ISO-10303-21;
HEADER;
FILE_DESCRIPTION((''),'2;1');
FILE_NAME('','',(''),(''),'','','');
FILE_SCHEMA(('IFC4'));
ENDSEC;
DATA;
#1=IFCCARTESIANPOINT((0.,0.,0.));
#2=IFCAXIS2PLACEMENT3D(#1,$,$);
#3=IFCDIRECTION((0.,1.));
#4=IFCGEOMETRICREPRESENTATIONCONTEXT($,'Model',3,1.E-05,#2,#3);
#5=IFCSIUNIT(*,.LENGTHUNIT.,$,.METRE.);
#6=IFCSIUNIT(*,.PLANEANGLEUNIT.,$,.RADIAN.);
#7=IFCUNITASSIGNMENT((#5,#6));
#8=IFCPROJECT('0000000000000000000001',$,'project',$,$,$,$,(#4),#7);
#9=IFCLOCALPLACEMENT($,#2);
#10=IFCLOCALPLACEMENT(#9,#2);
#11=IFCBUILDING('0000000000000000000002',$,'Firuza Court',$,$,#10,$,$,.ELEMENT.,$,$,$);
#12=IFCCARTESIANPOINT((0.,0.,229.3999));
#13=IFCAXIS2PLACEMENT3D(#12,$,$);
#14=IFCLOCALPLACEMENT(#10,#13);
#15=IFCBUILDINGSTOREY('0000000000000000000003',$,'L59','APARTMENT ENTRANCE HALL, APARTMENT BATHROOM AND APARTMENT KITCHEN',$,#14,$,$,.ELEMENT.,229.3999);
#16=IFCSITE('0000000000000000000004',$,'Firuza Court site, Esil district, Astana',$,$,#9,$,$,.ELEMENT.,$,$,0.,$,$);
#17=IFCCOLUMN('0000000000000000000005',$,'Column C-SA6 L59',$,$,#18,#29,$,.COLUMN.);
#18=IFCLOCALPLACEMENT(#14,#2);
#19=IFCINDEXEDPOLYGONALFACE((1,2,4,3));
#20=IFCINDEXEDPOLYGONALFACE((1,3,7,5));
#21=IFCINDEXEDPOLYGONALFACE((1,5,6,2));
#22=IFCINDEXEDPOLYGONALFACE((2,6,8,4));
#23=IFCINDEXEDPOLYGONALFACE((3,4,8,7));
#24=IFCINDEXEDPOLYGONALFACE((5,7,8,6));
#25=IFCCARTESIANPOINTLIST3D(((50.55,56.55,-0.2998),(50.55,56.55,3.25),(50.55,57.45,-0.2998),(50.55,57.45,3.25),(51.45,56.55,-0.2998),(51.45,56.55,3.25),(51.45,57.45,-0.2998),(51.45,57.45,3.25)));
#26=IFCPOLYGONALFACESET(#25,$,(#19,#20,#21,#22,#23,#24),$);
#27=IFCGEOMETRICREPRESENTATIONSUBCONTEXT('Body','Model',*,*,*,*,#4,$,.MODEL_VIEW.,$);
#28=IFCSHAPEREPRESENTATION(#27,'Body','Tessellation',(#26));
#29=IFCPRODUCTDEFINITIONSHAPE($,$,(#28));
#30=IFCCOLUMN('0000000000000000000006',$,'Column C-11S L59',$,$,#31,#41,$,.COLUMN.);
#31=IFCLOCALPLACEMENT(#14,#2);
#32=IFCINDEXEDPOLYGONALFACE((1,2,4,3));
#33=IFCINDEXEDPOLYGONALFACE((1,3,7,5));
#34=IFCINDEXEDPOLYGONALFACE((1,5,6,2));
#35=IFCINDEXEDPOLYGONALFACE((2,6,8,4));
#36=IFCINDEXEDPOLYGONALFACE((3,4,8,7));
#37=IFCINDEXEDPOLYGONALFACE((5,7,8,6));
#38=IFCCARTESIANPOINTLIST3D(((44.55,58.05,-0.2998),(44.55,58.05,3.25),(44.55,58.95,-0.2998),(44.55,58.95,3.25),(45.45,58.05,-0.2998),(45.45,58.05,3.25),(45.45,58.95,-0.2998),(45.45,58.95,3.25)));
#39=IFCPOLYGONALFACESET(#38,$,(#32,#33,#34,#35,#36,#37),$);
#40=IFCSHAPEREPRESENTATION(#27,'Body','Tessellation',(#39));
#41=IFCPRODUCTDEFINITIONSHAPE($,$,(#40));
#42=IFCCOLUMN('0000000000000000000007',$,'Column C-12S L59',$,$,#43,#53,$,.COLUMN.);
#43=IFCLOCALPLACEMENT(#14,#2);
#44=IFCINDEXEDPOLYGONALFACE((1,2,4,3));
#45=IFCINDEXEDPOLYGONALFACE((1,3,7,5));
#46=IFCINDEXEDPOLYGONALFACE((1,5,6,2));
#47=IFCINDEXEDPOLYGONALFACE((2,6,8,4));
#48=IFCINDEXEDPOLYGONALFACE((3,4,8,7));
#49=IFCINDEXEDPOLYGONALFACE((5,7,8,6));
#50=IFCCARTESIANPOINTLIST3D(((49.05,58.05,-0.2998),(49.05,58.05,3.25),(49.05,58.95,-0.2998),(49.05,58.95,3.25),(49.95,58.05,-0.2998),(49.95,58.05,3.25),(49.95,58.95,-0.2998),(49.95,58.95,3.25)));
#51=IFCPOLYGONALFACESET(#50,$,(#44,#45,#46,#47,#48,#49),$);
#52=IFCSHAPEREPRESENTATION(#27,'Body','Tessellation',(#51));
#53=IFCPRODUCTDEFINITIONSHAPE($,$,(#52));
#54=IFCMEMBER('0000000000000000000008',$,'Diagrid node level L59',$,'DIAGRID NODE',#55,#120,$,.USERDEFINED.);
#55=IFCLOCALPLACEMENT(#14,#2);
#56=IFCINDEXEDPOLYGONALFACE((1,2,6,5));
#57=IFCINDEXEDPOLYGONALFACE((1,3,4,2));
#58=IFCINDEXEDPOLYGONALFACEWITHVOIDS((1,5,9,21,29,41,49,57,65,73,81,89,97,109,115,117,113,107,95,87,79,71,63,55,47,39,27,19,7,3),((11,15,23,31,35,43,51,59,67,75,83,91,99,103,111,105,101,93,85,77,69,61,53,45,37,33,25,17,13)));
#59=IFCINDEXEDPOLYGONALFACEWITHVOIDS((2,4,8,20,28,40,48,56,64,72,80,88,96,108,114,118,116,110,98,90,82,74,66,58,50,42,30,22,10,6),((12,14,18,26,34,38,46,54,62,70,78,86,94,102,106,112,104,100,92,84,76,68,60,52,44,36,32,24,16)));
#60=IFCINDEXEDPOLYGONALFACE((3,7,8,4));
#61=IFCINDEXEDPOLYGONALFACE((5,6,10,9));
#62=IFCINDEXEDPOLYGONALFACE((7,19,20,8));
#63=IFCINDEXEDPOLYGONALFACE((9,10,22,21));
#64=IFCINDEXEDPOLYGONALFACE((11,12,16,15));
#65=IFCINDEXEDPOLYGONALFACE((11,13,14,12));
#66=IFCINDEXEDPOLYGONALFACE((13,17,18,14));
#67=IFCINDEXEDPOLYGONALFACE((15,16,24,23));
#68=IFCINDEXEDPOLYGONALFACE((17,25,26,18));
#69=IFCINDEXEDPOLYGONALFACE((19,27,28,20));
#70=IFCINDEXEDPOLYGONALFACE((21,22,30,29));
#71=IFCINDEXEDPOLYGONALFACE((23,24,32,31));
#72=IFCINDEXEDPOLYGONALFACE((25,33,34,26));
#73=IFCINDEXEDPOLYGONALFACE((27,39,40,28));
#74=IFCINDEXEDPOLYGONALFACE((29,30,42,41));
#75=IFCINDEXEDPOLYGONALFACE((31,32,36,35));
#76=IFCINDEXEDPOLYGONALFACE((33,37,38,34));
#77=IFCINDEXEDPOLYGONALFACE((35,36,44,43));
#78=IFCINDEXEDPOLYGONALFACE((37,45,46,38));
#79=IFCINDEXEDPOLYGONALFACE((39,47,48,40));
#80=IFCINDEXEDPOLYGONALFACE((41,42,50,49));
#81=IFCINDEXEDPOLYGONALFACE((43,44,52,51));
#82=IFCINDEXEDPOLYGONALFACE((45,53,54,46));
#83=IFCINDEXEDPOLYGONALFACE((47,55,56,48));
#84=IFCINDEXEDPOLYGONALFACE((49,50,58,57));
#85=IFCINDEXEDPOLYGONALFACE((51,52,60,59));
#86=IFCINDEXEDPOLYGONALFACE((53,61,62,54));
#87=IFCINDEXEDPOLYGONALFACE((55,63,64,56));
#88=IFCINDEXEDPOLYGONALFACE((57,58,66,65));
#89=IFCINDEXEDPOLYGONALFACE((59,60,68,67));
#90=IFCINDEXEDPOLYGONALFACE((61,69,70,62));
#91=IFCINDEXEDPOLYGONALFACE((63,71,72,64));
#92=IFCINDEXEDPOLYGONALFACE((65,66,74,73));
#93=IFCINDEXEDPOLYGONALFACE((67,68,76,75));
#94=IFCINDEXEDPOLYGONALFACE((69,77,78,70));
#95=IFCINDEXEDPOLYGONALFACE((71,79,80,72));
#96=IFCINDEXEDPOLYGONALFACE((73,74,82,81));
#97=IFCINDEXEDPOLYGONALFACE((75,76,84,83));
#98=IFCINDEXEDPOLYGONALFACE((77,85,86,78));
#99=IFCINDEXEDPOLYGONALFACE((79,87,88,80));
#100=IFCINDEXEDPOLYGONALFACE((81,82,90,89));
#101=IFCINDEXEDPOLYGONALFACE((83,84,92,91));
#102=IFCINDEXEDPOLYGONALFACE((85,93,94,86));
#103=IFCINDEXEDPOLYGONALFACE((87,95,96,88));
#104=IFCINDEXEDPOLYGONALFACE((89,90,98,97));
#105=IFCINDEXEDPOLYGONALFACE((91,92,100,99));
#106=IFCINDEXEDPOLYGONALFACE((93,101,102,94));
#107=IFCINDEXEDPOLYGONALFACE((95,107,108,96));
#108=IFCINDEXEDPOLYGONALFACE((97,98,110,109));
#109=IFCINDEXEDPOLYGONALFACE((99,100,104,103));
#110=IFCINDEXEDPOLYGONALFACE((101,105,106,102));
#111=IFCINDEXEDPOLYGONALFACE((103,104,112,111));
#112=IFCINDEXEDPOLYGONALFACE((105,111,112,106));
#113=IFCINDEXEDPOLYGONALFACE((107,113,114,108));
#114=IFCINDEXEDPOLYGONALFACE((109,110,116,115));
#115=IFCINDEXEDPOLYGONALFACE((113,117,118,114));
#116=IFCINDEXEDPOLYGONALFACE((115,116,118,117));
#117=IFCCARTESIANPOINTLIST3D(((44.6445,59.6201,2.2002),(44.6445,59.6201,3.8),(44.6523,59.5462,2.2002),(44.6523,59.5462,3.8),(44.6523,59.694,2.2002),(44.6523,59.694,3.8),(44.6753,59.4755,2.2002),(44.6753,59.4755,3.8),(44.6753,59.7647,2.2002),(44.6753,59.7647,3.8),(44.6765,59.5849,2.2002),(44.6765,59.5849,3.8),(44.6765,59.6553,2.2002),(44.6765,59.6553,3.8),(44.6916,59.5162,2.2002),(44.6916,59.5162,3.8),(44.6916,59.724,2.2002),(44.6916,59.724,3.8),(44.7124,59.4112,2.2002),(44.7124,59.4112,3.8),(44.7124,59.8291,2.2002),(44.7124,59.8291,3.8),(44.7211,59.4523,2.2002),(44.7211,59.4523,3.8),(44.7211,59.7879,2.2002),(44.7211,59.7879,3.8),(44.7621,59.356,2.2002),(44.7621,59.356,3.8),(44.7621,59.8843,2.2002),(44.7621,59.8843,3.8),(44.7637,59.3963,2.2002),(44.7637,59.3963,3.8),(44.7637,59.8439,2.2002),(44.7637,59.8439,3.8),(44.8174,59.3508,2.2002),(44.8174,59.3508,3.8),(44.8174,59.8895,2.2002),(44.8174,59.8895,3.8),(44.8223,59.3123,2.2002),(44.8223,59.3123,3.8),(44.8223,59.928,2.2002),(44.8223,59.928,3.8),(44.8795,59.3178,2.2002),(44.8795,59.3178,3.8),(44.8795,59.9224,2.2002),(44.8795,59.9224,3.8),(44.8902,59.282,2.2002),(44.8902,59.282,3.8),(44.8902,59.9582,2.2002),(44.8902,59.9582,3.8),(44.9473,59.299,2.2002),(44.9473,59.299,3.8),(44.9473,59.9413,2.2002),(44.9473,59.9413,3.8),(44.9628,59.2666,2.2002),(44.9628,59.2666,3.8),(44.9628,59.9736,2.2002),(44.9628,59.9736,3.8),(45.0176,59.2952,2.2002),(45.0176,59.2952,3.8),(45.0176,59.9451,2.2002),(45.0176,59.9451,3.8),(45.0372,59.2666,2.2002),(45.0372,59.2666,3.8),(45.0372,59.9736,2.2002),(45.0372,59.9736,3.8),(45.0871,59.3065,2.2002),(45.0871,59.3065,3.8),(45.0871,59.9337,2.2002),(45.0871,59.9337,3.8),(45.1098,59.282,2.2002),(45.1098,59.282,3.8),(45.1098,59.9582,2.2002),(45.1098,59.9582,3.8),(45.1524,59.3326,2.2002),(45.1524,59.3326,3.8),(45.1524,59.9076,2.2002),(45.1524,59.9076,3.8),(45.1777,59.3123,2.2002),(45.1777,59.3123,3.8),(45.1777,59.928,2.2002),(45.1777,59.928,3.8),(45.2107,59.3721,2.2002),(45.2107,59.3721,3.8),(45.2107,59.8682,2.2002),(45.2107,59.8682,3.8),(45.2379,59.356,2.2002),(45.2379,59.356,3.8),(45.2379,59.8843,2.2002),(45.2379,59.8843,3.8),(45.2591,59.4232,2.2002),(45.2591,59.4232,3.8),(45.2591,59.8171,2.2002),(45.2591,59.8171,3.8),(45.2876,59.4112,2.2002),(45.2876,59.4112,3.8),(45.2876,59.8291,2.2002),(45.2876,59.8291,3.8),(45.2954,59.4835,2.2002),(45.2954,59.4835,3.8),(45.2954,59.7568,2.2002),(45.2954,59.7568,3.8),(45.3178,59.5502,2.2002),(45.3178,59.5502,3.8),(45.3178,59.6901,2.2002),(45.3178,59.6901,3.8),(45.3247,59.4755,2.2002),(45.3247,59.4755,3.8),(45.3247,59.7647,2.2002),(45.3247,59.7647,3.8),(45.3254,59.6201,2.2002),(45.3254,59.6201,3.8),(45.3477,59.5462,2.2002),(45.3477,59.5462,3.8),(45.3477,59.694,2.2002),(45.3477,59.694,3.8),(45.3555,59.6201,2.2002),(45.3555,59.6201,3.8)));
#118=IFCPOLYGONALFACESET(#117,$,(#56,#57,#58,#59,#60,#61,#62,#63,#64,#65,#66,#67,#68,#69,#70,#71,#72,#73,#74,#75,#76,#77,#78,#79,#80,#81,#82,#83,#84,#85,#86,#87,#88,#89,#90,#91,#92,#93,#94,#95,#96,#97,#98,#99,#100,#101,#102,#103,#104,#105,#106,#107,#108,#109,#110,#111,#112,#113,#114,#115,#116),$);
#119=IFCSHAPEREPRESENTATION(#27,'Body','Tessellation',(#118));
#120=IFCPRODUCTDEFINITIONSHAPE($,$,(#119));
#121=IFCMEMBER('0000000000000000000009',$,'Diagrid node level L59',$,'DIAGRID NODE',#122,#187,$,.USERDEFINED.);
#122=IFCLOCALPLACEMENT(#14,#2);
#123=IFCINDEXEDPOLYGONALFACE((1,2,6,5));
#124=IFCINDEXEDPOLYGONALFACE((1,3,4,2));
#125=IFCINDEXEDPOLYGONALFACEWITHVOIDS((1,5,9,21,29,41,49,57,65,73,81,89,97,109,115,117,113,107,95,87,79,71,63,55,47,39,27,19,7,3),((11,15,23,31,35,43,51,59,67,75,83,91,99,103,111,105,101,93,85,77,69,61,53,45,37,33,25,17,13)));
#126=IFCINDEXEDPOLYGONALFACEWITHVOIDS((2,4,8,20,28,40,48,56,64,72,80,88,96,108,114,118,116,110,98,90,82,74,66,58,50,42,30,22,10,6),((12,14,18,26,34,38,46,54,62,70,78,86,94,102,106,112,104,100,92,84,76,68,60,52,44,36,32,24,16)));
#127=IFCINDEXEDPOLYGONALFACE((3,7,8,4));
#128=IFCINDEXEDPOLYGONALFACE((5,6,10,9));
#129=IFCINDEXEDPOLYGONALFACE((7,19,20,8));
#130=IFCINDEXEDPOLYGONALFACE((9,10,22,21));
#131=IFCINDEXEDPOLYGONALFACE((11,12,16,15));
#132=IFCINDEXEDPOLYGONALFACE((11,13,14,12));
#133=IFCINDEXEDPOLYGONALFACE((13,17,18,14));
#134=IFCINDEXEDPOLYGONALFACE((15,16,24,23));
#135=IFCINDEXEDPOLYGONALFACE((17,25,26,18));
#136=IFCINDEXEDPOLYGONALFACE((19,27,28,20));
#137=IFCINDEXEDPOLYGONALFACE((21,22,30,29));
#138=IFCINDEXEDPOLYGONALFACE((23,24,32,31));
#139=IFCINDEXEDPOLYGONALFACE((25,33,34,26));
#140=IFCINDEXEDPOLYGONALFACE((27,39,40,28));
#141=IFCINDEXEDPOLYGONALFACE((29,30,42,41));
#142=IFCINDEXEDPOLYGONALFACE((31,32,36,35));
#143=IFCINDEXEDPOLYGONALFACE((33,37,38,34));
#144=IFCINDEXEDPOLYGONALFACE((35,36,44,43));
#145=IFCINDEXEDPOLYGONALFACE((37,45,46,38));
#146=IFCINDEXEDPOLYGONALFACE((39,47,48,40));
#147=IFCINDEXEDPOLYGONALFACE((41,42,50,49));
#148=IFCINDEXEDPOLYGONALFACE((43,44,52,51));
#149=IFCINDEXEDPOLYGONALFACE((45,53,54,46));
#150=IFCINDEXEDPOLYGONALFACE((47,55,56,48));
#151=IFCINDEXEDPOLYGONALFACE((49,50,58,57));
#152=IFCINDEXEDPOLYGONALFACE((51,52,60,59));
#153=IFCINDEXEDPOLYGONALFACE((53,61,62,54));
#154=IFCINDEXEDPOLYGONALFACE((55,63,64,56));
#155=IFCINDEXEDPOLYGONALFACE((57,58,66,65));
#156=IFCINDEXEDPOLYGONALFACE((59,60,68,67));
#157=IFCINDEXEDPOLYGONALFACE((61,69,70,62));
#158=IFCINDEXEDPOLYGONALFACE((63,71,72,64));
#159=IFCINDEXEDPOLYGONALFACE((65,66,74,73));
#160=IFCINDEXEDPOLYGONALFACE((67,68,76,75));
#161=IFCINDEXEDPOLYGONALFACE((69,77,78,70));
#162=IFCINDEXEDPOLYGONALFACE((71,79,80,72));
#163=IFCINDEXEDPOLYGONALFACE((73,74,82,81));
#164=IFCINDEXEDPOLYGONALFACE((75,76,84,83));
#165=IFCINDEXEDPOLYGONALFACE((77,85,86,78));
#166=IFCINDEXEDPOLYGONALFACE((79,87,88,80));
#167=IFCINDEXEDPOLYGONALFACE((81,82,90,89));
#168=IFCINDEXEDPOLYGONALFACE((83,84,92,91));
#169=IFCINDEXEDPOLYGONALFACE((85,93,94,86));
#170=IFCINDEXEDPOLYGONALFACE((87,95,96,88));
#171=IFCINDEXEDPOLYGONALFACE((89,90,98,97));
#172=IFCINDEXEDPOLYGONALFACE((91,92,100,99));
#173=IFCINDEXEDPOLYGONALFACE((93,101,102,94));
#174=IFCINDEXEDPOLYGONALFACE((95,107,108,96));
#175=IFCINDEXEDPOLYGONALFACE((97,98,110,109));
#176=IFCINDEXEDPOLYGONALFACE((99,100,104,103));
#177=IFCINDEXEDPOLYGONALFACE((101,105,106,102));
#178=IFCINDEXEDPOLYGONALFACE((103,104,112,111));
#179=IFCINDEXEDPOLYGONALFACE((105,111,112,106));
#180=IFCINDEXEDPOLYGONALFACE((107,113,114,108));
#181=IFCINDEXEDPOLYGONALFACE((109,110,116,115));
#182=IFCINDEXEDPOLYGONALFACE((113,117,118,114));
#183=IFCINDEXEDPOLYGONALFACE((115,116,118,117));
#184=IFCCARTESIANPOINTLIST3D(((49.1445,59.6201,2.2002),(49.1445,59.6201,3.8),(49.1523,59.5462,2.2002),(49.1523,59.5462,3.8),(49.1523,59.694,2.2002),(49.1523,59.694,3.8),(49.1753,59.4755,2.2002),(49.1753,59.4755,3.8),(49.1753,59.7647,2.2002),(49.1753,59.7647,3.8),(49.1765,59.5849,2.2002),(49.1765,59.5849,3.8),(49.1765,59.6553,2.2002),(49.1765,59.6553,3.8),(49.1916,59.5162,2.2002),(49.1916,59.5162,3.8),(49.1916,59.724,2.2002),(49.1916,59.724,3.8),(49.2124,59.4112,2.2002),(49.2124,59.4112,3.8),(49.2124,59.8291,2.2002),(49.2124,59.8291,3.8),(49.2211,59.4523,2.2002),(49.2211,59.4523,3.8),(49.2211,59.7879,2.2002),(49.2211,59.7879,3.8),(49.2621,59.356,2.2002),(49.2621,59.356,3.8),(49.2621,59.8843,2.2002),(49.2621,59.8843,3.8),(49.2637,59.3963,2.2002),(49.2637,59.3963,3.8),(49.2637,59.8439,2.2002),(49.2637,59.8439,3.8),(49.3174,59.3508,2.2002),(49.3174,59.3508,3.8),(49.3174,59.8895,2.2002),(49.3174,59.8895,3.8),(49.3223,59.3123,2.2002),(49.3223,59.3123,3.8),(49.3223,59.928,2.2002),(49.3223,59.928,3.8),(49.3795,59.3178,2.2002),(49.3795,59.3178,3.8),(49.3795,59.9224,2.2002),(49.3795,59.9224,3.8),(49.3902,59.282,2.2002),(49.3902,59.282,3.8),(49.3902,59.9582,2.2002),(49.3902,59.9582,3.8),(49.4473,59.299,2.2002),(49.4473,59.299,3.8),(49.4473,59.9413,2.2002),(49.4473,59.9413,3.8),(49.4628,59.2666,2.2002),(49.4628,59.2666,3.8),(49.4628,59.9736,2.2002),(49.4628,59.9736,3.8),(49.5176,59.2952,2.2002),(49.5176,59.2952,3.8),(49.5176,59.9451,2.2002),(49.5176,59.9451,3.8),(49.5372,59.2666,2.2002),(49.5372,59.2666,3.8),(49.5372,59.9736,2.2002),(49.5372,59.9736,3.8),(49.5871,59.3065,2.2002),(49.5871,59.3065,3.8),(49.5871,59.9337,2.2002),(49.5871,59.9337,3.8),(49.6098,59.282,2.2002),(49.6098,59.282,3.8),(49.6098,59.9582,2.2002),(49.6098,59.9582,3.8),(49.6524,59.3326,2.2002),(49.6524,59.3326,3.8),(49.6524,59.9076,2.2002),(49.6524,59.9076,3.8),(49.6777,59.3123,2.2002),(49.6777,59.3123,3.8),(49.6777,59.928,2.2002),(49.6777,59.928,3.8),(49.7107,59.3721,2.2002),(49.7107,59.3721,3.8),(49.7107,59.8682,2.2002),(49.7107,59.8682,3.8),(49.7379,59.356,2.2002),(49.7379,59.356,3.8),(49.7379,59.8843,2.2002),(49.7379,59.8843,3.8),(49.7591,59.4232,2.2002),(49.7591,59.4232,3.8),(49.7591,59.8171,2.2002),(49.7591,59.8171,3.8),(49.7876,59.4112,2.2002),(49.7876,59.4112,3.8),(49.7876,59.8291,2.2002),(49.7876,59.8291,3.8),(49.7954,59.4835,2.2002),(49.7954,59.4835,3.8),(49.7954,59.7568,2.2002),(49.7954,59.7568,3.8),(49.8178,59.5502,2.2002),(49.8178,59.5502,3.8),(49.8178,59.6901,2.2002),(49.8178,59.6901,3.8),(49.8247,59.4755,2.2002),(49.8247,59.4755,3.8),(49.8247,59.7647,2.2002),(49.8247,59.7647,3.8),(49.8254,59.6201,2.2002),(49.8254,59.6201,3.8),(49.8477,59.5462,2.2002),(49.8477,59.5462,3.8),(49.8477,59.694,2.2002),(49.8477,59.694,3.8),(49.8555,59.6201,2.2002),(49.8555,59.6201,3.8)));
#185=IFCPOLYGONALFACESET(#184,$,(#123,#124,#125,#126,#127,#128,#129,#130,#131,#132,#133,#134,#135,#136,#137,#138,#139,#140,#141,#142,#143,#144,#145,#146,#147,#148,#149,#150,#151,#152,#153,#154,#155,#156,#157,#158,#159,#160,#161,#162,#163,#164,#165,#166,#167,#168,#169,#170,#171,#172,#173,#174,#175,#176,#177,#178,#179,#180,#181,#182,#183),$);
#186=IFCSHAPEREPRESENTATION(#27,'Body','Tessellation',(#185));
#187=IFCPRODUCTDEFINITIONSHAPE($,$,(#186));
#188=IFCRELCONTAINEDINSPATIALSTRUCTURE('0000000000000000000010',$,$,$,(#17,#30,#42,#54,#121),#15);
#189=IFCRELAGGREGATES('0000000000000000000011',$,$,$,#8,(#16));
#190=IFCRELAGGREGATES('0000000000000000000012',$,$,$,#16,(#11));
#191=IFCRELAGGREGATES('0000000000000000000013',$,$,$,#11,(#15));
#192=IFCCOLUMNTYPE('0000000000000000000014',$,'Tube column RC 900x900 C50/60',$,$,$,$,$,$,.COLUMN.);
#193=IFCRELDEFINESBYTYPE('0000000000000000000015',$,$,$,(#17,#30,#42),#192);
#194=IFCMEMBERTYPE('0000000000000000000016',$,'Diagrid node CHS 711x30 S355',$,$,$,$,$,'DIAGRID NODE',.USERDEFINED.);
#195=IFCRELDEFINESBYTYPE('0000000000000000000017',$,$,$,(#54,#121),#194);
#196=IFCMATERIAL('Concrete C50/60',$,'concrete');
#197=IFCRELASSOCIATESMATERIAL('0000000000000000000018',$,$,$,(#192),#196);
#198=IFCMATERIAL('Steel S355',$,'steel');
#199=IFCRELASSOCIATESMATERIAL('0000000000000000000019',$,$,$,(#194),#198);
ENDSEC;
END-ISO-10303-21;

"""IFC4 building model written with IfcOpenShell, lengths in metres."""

from ifc_helpers import new_model, si_unit, direction, frame, origin, origin_2d, place, context, subcontext, project, spatial, rectangle, hollow_circle, extrude, material, material_profile, profile_set, type_object, element, save


model = new_model("IFC4")

# Units and contexts
model_context = context("Model", 3, precision=1e-05, world=origin(), true_north=direction((0.0, 1.0)))
body_context = subcontext(model_context, "Body", "Model", "MODEL_VIEW")
ifc_project = project(units=[si_unit("LENGTHUNIT", "METRE"), si_unit("PLANEANGLEUNIT", "RADIAN")], contexts=[model_context])

# Site, building, storey
site_placement = place(None, origin())
site = spatial("IfcSite", under=ifc_project, at=site_placement, Name="Firuza Court site, Esil district, Astana", CompositionType="ELEMENT", RefElevation=0.0)
building_placement = place(site_placement, origin())
building = spatial("IfcBuilding", under=site, at=building_placement, Name="Firuza Court", CompositionType="ELEMENT")
storey_placement = place(building_placement, frame((0.0, 0.0, 229.3999)))
storey = spatial("IfcBuildingStorey", under=building, at=storey_placement, Name="L59", Description="APARTMENT ENTRANCE HALL, APARTMENT BATHROOM AND APARTMENT KITCHEN", CompositionType="ELEMENT", Elevation=229.3999)

# Columns
ifc_material_1 = material(Name="Concrete C50/60", Category="concrete")
ifc_material_profile_1 = material_profile(ifc_material_1, rectangle(XDim=0.8999, YDim=0.8999, at=origin_2d()), Name="RC 900x900")
ifc_profile_set_1 = profile_set([ifc_material_profile_1], Name="Concrete C50/60")
column_type = type_object("IfcColumnType", Name="Tube column RC 900x900 C50/60", PredefinedType="COLUMN", material=ifc_profile_set_1)
for number, where, z_axis, x_axis, name in (
    (1, (51.0, 57.0, -0.2998), (0.0, 0.0, 1.0), (1.0, 0.0, 0.0), "Column C-SA6 L59"),
    (2, (45.0, 58.5, -0.2998), (0.0, 0.0, 1.0), (1.0, 0.0, 0.0), "Column C-11S L59"),
    (3, (49.5, 58.5, -0.2998), (0.0, 0.0, 1.0), (1.0, 0.0, 0.0), "Column C-12S L59"),
):
    element("IfcColumn", number, at=place(storey_placement, frame(where, z_axis=z_axis, x_axis=x_axis)), inside=storey, type_object=column_type, Name=name, PredefinedType="COLUMN", context=body_context, shape_type="SweptSolid", body=[
        extrude(rectangle(XDim=0.8999, YDim=0.8999, at=origin_2d()), origin(), (0.0, 0.0, 1.0), 3.5498),
    ])

# Members
ifc_material_2 = material(Name="Steel S355", Category="steel")
ifc_material_profile_2 = material_profile(ifc_material_2, hollow_circle(Radius=0.3555, WallThickness=0.03, at=origin_2d()), Name="CHS 711x30")
ifc_profile_set_2 = profile_set([ifc_material_profile_2], Name="Steel S355")
member_type_1 = type_object("IfcMemberType", Name="Diagrid node CHS 711x30 S355", ElementType="DIAGRID NODE", PredefinedType="USERDEFINED", material=ifc_profile_set_2)
for number, where, z_axis, x_axis, name in (
    (4, (45.0, 59.6201, 2.2002), (0.0, 0.0, 1.0), (1.0, 0.0, 0.0), "Diagrid node level L59"),
    (5, (49.5, 59.6201, 2.2002), (0.0, 0.0, 1.0), (1.0, 0.0, 0.0), "Diagrid node level L59"),
):
    element("IfcMember", number, at=place(storey_placement, frame(where, z_axis=z_axis, x_axis=x_axis)), inside=storey, type_object=member_type_1, Name=name, ObjectType="DIAGRID NODE", PredefinedType="USERDEFINED", context=body_context, shape_type="SweptSolid", body=[
        extrude(hollow_circle(Radius=0.3555, WallThickness=0.03, at=origin_2d()), origin(), (0.0, 0.0, 1.0), 1.5999),
    ])

save(model, "model.ifc")
